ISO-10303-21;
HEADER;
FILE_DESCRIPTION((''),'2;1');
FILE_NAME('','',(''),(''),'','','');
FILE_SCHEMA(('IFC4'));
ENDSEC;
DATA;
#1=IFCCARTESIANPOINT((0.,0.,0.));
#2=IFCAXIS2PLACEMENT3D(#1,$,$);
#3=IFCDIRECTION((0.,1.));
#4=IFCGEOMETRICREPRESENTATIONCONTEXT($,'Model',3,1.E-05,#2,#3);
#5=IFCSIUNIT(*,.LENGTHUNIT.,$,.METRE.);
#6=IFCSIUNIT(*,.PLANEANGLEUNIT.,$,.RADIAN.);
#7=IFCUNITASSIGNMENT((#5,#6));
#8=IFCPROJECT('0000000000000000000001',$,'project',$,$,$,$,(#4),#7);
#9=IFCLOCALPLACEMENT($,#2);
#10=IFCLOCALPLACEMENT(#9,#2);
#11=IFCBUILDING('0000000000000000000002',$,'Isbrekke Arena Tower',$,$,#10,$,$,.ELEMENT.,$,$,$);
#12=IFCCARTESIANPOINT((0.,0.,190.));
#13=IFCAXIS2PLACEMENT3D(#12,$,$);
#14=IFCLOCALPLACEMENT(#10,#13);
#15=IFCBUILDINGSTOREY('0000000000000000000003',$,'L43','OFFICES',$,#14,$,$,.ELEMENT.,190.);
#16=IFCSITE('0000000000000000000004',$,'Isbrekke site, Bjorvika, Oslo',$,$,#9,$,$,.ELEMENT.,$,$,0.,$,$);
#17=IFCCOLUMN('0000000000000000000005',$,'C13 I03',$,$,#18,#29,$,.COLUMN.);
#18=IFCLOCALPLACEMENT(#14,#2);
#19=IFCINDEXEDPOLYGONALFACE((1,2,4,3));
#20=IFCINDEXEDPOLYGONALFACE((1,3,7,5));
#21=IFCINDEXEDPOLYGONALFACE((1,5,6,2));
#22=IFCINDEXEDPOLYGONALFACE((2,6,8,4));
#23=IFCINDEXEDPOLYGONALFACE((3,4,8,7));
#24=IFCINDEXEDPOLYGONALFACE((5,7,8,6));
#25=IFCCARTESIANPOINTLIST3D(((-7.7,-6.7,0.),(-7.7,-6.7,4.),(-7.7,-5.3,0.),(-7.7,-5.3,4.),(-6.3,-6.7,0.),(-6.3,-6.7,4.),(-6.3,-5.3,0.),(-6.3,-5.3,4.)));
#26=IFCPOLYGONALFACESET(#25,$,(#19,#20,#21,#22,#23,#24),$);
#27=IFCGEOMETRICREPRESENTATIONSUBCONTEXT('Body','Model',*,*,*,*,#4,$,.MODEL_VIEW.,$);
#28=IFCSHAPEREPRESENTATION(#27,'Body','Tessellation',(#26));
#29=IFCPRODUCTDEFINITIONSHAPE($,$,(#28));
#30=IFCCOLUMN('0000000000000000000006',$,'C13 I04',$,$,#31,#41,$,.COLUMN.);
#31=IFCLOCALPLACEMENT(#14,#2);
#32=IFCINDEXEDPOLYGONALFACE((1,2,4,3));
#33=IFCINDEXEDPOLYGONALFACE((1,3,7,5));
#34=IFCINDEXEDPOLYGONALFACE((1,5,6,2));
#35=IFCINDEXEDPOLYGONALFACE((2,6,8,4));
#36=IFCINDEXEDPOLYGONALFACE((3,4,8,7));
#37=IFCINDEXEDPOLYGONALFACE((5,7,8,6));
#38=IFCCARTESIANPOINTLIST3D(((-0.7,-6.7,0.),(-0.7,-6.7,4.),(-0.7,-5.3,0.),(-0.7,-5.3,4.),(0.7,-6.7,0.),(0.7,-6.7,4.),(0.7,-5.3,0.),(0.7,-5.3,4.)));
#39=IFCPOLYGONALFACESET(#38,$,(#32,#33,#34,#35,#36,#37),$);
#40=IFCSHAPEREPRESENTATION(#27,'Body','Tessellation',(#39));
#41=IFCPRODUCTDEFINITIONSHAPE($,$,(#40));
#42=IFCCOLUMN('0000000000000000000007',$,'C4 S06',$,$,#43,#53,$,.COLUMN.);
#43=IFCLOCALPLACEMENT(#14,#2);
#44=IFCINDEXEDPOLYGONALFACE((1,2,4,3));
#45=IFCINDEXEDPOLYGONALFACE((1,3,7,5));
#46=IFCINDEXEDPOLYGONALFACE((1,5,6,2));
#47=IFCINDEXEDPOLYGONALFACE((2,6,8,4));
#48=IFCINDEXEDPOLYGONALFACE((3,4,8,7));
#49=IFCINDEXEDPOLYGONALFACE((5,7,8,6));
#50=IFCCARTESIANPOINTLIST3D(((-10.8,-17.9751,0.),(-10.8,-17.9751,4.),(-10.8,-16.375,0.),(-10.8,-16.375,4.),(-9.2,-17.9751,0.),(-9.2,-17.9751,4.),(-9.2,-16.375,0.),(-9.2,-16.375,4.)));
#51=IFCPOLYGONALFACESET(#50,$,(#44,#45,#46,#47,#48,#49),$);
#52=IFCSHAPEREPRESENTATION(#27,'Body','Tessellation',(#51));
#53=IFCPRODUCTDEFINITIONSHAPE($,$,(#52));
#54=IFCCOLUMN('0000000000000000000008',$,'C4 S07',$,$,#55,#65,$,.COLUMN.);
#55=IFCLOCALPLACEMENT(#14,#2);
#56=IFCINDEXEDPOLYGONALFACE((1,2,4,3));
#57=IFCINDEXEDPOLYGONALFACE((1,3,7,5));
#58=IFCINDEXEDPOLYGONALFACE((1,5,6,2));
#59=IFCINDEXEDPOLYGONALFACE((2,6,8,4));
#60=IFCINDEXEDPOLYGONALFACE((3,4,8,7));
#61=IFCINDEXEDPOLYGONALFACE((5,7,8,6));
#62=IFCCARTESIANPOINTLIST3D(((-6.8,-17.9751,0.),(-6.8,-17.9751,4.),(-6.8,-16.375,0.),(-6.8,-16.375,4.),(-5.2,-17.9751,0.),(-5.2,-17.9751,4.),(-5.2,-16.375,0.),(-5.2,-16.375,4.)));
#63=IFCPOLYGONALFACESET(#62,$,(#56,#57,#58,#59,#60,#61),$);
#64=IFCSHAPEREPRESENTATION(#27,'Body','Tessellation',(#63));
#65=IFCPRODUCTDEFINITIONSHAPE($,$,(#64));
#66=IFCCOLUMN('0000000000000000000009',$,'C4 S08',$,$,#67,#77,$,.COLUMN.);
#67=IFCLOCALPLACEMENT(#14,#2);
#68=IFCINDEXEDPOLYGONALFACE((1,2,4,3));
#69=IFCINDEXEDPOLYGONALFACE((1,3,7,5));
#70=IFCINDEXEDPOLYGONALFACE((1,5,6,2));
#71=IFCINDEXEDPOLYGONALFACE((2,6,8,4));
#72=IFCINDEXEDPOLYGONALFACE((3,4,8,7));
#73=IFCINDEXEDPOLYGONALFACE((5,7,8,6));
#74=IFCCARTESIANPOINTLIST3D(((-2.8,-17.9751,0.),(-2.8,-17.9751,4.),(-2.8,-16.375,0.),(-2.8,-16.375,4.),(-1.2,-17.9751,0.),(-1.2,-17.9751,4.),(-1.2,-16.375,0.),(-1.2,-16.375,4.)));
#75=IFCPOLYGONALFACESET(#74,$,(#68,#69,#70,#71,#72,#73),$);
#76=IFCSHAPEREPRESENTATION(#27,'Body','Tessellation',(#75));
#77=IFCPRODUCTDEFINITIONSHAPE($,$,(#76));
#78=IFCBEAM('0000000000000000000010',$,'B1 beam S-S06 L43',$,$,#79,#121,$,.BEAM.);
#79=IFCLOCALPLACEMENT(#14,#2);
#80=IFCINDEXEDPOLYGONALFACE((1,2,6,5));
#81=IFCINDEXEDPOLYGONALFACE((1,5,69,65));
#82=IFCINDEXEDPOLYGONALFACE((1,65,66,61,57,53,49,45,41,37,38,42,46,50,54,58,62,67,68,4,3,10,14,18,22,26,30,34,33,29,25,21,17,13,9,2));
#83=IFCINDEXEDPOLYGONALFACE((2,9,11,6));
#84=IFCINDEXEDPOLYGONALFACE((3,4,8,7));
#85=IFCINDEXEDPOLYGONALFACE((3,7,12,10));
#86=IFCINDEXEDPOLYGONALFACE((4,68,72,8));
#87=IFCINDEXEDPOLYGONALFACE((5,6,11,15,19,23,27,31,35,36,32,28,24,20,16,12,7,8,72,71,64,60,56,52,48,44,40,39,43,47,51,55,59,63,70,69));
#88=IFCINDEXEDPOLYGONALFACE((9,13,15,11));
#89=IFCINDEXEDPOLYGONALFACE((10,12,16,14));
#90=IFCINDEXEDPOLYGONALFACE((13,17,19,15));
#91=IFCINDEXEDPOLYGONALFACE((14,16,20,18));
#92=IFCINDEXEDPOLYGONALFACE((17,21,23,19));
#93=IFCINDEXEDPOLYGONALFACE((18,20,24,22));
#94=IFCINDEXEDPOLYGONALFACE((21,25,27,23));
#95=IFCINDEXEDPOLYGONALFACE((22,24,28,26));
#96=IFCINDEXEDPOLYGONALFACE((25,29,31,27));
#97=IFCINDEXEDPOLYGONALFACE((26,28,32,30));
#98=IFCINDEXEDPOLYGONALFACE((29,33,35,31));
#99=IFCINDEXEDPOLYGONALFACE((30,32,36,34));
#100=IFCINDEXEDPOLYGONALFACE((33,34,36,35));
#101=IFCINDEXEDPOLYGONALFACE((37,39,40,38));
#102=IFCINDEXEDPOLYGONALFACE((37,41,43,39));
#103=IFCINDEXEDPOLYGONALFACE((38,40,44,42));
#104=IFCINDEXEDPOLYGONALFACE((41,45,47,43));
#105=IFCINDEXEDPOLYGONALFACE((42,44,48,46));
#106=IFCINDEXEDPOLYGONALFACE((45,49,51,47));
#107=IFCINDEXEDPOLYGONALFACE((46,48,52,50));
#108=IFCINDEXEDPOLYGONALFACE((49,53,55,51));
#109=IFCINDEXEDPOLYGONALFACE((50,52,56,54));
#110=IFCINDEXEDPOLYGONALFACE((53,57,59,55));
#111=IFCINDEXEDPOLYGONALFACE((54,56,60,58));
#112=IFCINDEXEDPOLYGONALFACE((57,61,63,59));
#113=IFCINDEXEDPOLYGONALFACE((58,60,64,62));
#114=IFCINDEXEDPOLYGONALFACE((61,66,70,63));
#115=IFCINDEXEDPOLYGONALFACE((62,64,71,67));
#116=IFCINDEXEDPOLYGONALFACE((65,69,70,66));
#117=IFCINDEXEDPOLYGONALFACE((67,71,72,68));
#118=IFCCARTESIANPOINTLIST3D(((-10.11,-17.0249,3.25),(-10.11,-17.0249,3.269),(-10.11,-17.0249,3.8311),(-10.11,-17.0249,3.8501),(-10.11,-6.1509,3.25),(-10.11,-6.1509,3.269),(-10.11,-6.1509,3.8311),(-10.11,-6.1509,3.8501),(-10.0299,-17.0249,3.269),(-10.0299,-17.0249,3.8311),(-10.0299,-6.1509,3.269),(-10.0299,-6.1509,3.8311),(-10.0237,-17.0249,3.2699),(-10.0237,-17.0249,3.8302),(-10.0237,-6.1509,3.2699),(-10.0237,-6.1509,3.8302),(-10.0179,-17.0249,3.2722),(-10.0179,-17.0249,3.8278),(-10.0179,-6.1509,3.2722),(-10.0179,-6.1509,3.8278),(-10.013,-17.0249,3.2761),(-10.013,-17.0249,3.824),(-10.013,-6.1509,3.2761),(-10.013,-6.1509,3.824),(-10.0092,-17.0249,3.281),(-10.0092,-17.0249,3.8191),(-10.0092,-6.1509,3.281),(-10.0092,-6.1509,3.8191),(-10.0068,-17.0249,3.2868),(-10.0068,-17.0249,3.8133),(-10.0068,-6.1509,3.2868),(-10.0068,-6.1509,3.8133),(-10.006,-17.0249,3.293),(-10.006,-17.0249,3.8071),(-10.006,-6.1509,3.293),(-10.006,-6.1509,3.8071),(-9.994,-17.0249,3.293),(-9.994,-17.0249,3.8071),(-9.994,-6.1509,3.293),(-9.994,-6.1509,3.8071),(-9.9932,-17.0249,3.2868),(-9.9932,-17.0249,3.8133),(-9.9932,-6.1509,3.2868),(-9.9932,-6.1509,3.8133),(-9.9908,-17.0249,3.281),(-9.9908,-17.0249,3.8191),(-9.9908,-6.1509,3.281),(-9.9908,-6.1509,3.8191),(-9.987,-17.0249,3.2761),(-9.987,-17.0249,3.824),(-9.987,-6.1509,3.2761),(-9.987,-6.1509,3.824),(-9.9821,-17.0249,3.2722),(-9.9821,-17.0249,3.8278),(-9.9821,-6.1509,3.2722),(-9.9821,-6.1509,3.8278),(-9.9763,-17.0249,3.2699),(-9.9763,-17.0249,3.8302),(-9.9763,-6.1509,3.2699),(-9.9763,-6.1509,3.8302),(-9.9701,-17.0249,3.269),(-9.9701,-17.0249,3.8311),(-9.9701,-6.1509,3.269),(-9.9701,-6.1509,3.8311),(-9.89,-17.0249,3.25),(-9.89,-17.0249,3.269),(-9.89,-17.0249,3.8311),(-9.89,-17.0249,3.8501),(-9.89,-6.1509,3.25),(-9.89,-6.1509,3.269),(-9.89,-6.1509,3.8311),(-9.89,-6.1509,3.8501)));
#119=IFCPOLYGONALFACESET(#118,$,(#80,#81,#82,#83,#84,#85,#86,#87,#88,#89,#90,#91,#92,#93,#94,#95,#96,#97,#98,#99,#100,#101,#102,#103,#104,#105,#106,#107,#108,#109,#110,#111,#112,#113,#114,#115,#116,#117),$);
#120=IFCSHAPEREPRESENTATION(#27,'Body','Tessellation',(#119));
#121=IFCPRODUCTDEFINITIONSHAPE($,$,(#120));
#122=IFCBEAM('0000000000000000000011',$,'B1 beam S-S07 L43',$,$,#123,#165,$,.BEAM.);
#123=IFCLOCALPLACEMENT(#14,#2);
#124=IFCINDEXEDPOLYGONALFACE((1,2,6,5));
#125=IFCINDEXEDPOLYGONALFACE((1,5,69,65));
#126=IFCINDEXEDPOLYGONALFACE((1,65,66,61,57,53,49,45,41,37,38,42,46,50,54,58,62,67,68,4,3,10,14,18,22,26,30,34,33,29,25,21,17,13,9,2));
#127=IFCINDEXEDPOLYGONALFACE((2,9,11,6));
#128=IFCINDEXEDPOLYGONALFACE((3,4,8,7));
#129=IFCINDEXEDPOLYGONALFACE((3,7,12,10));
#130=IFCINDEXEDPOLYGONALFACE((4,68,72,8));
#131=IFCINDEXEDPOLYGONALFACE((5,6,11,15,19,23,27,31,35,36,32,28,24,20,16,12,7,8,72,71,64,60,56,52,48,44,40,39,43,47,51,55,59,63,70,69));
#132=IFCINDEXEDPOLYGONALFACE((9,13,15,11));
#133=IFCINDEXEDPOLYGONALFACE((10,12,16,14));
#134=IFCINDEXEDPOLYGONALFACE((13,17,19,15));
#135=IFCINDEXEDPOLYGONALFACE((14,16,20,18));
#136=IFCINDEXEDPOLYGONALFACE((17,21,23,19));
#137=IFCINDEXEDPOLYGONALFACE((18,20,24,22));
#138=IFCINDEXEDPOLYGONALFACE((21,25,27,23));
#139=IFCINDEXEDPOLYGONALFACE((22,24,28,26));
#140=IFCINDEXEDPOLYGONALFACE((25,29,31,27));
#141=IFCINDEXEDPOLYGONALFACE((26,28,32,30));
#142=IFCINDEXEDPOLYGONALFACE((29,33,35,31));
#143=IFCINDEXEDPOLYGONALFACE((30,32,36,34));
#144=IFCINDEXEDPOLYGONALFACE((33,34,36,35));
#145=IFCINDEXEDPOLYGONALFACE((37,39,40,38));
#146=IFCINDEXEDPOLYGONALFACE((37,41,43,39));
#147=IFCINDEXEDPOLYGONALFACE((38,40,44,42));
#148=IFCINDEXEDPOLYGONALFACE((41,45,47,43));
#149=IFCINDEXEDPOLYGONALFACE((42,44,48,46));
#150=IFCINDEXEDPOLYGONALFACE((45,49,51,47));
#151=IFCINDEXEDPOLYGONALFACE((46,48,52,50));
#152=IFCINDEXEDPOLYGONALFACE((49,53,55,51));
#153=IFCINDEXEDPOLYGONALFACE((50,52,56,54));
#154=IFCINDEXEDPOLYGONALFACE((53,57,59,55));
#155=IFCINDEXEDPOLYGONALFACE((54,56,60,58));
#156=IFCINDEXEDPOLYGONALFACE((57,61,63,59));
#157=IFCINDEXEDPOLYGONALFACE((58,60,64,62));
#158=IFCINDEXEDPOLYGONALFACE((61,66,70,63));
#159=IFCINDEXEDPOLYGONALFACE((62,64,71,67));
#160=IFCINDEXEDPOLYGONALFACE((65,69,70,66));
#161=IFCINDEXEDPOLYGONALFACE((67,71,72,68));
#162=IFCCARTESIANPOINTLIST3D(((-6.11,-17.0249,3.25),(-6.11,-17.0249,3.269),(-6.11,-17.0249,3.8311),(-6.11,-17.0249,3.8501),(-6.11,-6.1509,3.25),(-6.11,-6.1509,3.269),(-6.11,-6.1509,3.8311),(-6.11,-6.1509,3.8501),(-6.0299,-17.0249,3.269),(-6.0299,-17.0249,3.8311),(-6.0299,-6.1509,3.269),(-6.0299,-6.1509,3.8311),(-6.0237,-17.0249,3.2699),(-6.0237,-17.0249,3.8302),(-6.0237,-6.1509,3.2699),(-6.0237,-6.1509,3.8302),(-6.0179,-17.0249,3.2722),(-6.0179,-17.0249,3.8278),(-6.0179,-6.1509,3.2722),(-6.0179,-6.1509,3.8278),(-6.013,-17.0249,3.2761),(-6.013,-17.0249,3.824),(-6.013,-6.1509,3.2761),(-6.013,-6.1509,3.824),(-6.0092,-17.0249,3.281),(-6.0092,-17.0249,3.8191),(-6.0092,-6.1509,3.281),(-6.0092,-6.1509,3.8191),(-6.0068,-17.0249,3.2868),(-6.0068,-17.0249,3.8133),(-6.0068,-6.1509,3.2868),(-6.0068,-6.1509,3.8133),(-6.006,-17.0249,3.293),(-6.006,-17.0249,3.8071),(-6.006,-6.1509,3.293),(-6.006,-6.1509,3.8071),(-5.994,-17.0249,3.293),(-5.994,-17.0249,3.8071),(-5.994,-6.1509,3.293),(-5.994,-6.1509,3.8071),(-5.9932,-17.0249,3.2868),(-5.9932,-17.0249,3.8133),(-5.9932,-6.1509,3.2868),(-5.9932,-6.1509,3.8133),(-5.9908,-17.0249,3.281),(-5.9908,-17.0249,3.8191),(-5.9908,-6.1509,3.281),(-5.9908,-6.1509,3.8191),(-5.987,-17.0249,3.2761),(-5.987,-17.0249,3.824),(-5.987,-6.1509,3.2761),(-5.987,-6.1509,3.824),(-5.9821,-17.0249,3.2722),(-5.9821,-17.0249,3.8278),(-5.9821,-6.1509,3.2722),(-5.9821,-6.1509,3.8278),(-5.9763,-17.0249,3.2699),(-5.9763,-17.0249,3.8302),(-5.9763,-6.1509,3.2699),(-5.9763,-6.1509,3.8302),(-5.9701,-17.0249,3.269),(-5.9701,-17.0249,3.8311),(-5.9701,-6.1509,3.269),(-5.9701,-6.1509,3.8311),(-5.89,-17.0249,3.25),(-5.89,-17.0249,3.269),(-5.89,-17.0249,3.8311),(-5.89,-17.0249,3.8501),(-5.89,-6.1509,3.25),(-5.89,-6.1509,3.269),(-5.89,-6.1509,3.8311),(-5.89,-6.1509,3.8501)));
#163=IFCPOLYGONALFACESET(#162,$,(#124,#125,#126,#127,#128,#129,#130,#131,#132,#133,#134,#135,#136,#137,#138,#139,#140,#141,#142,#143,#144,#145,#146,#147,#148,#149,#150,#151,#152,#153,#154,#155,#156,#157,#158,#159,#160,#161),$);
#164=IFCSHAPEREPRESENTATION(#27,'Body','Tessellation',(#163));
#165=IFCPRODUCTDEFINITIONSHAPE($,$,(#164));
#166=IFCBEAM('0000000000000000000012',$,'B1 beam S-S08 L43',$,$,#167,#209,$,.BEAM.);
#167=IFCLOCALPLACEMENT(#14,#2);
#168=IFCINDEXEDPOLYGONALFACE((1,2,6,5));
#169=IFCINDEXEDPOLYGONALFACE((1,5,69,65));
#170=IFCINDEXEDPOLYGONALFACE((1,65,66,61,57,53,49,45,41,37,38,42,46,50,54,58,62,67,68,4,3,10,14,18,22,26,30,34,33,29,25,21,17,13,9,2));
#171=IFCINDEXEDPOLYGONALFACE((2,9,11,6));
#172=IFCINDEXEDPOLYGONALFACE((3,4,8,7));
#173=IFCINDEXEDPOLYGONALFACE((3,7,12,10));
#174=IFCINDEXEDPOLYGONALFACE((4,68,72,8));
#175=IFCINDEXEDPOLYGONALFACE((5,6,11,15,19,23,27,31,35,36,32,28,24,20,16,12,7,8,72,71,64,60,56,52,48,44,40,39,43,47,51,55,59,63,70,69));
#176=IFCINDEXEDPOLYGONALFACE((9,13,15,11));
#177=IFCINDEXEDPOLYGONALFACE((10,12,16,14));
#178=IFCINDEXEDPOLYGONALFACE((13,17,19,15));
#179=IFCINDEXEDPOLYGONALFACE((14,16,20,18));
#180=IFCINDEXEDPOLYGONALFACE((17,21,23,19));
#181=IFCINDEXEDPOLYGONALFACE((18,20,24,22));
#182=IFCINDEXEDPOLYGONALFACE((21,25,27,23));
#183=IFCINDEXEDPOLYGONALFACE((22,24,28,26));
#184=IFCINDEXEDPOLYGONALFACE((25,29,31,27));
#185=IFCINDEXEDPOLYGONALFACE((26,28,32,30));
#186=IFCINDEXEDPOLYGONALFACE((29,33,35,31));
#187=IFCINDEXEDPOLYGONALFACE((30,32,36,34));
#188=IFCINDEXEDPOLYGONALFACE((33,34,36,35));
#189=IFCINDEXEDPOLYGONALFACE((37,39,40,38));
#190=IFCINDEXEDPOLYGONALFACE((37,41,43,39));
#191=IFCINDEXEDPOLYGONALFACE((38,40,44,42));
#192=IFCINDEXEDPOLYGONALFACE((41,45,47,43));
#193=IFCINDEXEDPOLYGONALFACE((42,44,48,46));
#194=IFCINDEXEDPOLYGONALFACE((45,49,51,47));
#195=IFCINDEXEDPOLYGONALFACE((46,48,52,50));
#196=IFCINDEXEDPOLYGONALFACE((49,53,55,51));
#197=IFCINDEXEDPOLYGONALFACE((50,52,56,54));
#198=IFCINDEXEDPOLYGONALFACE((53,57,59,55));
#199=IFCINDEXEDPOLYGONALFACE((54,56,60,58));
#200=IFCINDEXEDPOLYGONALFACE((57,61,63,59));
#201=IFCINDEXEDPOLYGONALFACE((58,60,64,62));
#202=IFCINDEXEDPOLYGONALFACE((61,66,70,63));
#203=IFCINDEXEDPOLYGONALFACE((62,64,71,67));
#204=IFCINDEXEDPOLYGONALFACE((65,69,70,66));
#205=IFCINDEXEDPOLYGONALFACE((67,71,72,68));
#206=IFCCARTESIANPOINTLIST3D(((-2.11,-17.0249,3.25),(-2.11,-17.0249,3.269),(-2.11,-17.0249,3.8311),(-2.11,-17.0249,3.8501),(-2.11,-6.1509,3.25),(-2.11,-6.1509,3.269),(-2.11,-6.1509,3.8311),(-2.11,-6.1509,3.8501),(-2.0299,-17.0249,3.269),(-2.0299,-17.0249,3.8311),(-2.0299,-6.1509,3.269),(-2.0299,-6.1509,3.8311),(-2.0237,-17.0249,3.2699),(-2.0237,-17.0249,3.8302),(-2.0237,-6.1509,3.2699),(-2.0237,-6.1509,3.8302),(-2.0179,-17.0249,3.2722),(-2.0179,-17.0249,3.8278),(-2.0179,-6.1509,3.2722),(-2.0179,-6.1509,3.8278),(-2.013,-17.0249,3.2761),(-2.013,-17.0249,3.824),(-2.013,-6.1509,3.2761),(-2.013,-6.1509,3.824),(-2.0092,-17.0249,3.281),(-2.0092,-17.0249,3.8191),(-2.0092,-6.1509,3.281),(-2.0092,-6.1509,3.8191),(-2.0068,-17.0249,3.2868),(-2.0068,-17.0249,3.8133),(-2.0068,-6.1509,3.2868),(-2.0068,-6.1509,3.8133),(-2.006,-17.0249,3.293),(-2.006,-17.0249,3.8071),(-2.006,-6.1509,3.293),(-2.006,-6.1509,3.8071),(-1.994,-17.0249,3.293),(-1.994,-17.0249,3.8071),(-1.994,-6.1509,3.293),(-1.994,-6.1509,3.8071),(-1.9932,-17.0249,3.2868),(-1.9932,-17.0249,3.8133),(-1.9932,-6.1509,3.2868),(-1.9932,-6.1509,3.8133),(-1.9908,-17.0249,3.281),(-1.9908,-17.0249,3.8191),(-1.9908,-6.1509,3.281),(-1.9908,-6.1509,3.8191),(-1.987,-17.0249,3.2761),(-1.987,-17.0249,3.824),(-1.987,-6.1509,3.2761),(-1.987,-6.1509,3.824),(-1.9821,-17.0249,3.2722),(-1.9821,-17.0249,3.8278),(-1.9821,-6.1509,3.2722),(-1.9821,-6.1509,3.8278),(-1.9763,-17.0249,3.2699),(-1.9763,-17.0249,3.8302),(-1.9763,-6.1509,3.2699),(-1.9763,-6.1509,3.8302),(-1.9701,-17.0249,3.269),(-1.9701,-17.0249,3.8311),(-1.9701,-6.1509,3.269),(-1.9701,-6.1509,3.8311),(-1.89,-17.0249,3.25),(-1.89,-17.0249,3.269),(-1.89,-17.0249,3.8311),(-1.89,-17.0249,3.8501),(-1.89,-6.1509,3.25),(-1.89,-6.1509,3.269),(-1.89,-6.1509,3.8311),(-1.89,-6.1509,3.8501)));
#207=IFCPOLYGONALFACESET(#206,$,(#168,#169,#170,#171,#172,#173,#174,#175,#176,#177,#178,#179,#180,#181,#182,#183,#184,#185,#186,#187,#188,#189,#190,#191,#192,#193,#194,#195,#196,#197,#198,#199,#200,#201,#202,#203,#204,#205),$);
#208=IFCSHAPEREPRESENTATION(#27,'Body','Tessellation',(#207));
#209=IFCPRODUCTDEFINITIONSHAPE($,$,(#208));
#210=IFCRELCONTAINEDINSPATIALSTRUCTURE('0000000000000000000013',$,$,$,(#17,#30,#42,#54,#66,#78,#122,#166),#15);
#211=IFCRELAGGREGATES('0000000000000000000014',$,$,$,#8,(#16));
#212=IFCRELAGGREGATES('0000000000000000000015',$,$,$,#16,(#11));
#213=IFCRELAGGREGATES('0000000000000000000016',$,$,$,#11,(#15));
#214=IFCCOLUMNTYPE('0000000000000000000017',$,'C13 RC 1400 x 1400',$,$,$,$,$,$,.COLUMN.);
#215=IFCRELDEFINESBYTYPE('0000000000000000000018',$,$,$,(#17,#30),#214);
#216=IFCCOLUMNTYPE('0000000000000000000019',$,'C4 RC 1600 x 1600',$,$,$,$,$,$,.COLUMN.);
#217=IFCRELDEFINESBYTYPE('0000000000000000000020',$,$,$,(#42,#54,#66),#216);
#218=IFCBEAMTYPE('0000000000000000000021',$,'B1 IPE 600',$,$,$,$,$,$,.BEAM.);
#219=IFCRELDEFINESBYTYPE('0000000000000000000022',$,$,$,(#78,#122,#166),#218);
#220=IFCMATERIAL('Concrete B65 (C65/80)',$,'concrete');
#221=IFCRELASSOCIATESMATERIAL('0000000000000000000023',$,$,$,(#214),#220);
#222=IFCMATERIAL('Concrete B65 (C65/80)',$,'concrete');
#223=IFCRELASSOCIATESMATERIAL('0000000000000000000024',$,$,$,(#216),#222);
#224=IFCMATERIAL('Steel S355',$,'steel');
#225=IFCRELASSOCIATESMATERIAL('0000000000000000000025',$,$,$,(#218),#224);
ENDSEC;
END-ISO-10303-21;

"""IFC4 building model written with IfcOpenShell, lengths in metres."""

from ifc_helpers import new_model, si_unit, direction, frame, origin, origin_2d, place, context, subcontext, project, spatial, rectangle, i_section, extrude, material, material_profile, profile_set, type_object, element, save


model = new_model("IFC4")

# Units and contexts
model_context = context("Model", 3, precision=1e-05, world=origin(), true_north=direction((0.0, 1.0)))
body_context = subcontext(model_context, "Body", "Model", "MODEL_VIEW")
ifc_project = project(units=[si_unit("LENGTHUNIT", "METRE"), si_unit("PLANEANGLEUNIT", "RADIAN")], contexts=[model_context])

# Site, building, storey
site_placement = place(None, origin())
site = spatial("IfcSite", under=ifc_project, at=site_placement, Name="Isbrekke site, Bjorvika, Oslo", CompositionType="ELEMENT", RefElevation=0.0)
building_placement = place(site_placement, origin())
building = spatial("IfcBuilding", under=site, at=building_placement, Name="Isbrekke Arena Tower", CompositionType="ELEMENT")
storey_placement = place(building_placement, frame((0.0, 0.0, 190.0)))
storey = spatial("IfcBuildingStorey", under=building, at=storey_placement, Name="L43", Description="OFFICES", CompositionType="ELEMENT", Elevation=190.0)

# Columns
ifc_material_1 = material(Name="Concrete B65 (C65/80)", Category="concrete")
ifc_material_profile_1 = material_profile(ifc_material_1, rectangle(XDim=1.3999, YDim=1.3999, at=origin_2d()), Name="RC 1400x1400")
ifc_profile_set_1 = profile_set([ifc_material_profile_1], Name="Concrete B65 (C65/80)")
column_type_1 = type_object("IfcColumnType", Name="C13 RC 1400 x 1400", PredefinedType="COLUMN", material=ifc_profile_set_1)
for number, where, z_axis, x_axis, name in (
    (1, (-7.0, -6.0, 0.0), (0.0, 0.0, 1.0), (1.0, 0.0, 0.0), "C13 I03"),
    (2, (0.0, -6.0, 0.0), (0.0, 0.0, 1.0), (1.0, 0.0, 0.0), "C13 I04"),
):
    element("IfcColumn", number, at=place(storey_placement, frame(where, z_axis=z_axis, x_axis=x_axis)), inside=storey, type_object=column_type_1, Name=name, PredefinedType="COLUMN", context=body_context, shape_type="SweptSolid", body=[
        extrude(rectangle(XDim=1.3999, YDim=1.3999, at=origin_2d()), origin(), (0.0, 0.0, 1.0), 4.0),
    ])
ifc_material_2 = material(Name="Concrete B65 (C65/80)", Category="concrete")
ifc_material_profile_2 = material_profile(ifc_material_2, rectangle(XDim=1.6001, YDim=1.6001, at=origin_2d()), Name="RC 1600x1600")
ifc_profile_set_2 = profile_set([ifc_material_profile_2], Name="Concrete B65 (C65/80)")
column_type_2 = type_object("IfcColumnType", Name="C4 RC 1600 x 1600", PredefinedType="COLUMN", material=ifc_profile_set_2)
for number, where, z_axis, x_axis, name in (
    (3, (-10.0, -17.175, 0.0), (0.0, 0.0, 1.0), (1.0, 0.0, 0.0), "C4 S06"),
    (4, (-6.0, -17.175, 0.0), (0.0, 0.0, 1.0), (1.0, 0.0, 0.0), "C4 S07"),
    (5, (-2.0, -17.175, 0.0), (0.0, 0.0, 1.0), (1.0, 0.0, 0.0), "C4 S08"),
):
    element("IfcColumn", number, at=place(storey_placement, frame(where, z_axis=z_axis, x_axis=x_axis)), inside=storey, type_object=column_type_2, Name=name, PredefinedType="COLUMN", context=body_context, shape_type="SweptSolid", body=[
        extrude(rectangle(XDim=1.6001, YDim=1.6001, at=origin_2d()), origin(), (0.0, 0.0, 1.0), 4.0),
    ])

# Beams
ifc_material_3 = material(Name="Steel S355", Category="steel")
ifc_material_profile_3 = material_profile(ifc_material_3, i_section(OverallWidth=0.22, OverallDepth=0.6001, WebThickness=0.012, FlangeThickness=0.019, FilletRadius=0.0239, at=origin_2d()), Name="IPE 600")
ifc_profile_set_3 = profile_set([ifc_material_profile_3], Name="Steel S355")
beam_type_1 = type_object("IfcBeamType", Name="B1 IPE 600", PredefinedType="BEAM", material=ifc_profile_set_3)
for number, where, z_axis, x_axis, name in (
    (6, (-10.0, -17.0249, 3.55), (0.0, 1.0, 0.0), (-1.0, 0.0, 0.0), "B1 beam S-S06 L43"),
    (7, (-6.0, -17.0249, 3.55), (0.0, 1.0, 0.0), (-1.0, 0.0, 0.0), "B1 beam S-S07 L43"),
    (8, (-2.0, -17.0249, 3.55), (0.0, 1.0, 0.0), (-1.0, 0.0, 0.0), "B1 beam S-S08 L43"),
):
    element("IfcBeam", number, at=place(storey_placement, frame(where, z_axis=z_axis, x_axis=x_axis)), inside=storey, type_object=beam_type_1, Name=name, PredefinedType="BEAM", context=body_context, shape_type="SweptSolid", body=[
        extrude(i_section(OverallWidth=0.22, OverallDepth=0.6001, WebThickness=0.012, FlangeThickness=0.019, FilletRadius=0.0239, at=origin_2d()), origin(), (0.0, 0.0, 1.0), 10.874),
    ])

save(model, "model.ifc")
